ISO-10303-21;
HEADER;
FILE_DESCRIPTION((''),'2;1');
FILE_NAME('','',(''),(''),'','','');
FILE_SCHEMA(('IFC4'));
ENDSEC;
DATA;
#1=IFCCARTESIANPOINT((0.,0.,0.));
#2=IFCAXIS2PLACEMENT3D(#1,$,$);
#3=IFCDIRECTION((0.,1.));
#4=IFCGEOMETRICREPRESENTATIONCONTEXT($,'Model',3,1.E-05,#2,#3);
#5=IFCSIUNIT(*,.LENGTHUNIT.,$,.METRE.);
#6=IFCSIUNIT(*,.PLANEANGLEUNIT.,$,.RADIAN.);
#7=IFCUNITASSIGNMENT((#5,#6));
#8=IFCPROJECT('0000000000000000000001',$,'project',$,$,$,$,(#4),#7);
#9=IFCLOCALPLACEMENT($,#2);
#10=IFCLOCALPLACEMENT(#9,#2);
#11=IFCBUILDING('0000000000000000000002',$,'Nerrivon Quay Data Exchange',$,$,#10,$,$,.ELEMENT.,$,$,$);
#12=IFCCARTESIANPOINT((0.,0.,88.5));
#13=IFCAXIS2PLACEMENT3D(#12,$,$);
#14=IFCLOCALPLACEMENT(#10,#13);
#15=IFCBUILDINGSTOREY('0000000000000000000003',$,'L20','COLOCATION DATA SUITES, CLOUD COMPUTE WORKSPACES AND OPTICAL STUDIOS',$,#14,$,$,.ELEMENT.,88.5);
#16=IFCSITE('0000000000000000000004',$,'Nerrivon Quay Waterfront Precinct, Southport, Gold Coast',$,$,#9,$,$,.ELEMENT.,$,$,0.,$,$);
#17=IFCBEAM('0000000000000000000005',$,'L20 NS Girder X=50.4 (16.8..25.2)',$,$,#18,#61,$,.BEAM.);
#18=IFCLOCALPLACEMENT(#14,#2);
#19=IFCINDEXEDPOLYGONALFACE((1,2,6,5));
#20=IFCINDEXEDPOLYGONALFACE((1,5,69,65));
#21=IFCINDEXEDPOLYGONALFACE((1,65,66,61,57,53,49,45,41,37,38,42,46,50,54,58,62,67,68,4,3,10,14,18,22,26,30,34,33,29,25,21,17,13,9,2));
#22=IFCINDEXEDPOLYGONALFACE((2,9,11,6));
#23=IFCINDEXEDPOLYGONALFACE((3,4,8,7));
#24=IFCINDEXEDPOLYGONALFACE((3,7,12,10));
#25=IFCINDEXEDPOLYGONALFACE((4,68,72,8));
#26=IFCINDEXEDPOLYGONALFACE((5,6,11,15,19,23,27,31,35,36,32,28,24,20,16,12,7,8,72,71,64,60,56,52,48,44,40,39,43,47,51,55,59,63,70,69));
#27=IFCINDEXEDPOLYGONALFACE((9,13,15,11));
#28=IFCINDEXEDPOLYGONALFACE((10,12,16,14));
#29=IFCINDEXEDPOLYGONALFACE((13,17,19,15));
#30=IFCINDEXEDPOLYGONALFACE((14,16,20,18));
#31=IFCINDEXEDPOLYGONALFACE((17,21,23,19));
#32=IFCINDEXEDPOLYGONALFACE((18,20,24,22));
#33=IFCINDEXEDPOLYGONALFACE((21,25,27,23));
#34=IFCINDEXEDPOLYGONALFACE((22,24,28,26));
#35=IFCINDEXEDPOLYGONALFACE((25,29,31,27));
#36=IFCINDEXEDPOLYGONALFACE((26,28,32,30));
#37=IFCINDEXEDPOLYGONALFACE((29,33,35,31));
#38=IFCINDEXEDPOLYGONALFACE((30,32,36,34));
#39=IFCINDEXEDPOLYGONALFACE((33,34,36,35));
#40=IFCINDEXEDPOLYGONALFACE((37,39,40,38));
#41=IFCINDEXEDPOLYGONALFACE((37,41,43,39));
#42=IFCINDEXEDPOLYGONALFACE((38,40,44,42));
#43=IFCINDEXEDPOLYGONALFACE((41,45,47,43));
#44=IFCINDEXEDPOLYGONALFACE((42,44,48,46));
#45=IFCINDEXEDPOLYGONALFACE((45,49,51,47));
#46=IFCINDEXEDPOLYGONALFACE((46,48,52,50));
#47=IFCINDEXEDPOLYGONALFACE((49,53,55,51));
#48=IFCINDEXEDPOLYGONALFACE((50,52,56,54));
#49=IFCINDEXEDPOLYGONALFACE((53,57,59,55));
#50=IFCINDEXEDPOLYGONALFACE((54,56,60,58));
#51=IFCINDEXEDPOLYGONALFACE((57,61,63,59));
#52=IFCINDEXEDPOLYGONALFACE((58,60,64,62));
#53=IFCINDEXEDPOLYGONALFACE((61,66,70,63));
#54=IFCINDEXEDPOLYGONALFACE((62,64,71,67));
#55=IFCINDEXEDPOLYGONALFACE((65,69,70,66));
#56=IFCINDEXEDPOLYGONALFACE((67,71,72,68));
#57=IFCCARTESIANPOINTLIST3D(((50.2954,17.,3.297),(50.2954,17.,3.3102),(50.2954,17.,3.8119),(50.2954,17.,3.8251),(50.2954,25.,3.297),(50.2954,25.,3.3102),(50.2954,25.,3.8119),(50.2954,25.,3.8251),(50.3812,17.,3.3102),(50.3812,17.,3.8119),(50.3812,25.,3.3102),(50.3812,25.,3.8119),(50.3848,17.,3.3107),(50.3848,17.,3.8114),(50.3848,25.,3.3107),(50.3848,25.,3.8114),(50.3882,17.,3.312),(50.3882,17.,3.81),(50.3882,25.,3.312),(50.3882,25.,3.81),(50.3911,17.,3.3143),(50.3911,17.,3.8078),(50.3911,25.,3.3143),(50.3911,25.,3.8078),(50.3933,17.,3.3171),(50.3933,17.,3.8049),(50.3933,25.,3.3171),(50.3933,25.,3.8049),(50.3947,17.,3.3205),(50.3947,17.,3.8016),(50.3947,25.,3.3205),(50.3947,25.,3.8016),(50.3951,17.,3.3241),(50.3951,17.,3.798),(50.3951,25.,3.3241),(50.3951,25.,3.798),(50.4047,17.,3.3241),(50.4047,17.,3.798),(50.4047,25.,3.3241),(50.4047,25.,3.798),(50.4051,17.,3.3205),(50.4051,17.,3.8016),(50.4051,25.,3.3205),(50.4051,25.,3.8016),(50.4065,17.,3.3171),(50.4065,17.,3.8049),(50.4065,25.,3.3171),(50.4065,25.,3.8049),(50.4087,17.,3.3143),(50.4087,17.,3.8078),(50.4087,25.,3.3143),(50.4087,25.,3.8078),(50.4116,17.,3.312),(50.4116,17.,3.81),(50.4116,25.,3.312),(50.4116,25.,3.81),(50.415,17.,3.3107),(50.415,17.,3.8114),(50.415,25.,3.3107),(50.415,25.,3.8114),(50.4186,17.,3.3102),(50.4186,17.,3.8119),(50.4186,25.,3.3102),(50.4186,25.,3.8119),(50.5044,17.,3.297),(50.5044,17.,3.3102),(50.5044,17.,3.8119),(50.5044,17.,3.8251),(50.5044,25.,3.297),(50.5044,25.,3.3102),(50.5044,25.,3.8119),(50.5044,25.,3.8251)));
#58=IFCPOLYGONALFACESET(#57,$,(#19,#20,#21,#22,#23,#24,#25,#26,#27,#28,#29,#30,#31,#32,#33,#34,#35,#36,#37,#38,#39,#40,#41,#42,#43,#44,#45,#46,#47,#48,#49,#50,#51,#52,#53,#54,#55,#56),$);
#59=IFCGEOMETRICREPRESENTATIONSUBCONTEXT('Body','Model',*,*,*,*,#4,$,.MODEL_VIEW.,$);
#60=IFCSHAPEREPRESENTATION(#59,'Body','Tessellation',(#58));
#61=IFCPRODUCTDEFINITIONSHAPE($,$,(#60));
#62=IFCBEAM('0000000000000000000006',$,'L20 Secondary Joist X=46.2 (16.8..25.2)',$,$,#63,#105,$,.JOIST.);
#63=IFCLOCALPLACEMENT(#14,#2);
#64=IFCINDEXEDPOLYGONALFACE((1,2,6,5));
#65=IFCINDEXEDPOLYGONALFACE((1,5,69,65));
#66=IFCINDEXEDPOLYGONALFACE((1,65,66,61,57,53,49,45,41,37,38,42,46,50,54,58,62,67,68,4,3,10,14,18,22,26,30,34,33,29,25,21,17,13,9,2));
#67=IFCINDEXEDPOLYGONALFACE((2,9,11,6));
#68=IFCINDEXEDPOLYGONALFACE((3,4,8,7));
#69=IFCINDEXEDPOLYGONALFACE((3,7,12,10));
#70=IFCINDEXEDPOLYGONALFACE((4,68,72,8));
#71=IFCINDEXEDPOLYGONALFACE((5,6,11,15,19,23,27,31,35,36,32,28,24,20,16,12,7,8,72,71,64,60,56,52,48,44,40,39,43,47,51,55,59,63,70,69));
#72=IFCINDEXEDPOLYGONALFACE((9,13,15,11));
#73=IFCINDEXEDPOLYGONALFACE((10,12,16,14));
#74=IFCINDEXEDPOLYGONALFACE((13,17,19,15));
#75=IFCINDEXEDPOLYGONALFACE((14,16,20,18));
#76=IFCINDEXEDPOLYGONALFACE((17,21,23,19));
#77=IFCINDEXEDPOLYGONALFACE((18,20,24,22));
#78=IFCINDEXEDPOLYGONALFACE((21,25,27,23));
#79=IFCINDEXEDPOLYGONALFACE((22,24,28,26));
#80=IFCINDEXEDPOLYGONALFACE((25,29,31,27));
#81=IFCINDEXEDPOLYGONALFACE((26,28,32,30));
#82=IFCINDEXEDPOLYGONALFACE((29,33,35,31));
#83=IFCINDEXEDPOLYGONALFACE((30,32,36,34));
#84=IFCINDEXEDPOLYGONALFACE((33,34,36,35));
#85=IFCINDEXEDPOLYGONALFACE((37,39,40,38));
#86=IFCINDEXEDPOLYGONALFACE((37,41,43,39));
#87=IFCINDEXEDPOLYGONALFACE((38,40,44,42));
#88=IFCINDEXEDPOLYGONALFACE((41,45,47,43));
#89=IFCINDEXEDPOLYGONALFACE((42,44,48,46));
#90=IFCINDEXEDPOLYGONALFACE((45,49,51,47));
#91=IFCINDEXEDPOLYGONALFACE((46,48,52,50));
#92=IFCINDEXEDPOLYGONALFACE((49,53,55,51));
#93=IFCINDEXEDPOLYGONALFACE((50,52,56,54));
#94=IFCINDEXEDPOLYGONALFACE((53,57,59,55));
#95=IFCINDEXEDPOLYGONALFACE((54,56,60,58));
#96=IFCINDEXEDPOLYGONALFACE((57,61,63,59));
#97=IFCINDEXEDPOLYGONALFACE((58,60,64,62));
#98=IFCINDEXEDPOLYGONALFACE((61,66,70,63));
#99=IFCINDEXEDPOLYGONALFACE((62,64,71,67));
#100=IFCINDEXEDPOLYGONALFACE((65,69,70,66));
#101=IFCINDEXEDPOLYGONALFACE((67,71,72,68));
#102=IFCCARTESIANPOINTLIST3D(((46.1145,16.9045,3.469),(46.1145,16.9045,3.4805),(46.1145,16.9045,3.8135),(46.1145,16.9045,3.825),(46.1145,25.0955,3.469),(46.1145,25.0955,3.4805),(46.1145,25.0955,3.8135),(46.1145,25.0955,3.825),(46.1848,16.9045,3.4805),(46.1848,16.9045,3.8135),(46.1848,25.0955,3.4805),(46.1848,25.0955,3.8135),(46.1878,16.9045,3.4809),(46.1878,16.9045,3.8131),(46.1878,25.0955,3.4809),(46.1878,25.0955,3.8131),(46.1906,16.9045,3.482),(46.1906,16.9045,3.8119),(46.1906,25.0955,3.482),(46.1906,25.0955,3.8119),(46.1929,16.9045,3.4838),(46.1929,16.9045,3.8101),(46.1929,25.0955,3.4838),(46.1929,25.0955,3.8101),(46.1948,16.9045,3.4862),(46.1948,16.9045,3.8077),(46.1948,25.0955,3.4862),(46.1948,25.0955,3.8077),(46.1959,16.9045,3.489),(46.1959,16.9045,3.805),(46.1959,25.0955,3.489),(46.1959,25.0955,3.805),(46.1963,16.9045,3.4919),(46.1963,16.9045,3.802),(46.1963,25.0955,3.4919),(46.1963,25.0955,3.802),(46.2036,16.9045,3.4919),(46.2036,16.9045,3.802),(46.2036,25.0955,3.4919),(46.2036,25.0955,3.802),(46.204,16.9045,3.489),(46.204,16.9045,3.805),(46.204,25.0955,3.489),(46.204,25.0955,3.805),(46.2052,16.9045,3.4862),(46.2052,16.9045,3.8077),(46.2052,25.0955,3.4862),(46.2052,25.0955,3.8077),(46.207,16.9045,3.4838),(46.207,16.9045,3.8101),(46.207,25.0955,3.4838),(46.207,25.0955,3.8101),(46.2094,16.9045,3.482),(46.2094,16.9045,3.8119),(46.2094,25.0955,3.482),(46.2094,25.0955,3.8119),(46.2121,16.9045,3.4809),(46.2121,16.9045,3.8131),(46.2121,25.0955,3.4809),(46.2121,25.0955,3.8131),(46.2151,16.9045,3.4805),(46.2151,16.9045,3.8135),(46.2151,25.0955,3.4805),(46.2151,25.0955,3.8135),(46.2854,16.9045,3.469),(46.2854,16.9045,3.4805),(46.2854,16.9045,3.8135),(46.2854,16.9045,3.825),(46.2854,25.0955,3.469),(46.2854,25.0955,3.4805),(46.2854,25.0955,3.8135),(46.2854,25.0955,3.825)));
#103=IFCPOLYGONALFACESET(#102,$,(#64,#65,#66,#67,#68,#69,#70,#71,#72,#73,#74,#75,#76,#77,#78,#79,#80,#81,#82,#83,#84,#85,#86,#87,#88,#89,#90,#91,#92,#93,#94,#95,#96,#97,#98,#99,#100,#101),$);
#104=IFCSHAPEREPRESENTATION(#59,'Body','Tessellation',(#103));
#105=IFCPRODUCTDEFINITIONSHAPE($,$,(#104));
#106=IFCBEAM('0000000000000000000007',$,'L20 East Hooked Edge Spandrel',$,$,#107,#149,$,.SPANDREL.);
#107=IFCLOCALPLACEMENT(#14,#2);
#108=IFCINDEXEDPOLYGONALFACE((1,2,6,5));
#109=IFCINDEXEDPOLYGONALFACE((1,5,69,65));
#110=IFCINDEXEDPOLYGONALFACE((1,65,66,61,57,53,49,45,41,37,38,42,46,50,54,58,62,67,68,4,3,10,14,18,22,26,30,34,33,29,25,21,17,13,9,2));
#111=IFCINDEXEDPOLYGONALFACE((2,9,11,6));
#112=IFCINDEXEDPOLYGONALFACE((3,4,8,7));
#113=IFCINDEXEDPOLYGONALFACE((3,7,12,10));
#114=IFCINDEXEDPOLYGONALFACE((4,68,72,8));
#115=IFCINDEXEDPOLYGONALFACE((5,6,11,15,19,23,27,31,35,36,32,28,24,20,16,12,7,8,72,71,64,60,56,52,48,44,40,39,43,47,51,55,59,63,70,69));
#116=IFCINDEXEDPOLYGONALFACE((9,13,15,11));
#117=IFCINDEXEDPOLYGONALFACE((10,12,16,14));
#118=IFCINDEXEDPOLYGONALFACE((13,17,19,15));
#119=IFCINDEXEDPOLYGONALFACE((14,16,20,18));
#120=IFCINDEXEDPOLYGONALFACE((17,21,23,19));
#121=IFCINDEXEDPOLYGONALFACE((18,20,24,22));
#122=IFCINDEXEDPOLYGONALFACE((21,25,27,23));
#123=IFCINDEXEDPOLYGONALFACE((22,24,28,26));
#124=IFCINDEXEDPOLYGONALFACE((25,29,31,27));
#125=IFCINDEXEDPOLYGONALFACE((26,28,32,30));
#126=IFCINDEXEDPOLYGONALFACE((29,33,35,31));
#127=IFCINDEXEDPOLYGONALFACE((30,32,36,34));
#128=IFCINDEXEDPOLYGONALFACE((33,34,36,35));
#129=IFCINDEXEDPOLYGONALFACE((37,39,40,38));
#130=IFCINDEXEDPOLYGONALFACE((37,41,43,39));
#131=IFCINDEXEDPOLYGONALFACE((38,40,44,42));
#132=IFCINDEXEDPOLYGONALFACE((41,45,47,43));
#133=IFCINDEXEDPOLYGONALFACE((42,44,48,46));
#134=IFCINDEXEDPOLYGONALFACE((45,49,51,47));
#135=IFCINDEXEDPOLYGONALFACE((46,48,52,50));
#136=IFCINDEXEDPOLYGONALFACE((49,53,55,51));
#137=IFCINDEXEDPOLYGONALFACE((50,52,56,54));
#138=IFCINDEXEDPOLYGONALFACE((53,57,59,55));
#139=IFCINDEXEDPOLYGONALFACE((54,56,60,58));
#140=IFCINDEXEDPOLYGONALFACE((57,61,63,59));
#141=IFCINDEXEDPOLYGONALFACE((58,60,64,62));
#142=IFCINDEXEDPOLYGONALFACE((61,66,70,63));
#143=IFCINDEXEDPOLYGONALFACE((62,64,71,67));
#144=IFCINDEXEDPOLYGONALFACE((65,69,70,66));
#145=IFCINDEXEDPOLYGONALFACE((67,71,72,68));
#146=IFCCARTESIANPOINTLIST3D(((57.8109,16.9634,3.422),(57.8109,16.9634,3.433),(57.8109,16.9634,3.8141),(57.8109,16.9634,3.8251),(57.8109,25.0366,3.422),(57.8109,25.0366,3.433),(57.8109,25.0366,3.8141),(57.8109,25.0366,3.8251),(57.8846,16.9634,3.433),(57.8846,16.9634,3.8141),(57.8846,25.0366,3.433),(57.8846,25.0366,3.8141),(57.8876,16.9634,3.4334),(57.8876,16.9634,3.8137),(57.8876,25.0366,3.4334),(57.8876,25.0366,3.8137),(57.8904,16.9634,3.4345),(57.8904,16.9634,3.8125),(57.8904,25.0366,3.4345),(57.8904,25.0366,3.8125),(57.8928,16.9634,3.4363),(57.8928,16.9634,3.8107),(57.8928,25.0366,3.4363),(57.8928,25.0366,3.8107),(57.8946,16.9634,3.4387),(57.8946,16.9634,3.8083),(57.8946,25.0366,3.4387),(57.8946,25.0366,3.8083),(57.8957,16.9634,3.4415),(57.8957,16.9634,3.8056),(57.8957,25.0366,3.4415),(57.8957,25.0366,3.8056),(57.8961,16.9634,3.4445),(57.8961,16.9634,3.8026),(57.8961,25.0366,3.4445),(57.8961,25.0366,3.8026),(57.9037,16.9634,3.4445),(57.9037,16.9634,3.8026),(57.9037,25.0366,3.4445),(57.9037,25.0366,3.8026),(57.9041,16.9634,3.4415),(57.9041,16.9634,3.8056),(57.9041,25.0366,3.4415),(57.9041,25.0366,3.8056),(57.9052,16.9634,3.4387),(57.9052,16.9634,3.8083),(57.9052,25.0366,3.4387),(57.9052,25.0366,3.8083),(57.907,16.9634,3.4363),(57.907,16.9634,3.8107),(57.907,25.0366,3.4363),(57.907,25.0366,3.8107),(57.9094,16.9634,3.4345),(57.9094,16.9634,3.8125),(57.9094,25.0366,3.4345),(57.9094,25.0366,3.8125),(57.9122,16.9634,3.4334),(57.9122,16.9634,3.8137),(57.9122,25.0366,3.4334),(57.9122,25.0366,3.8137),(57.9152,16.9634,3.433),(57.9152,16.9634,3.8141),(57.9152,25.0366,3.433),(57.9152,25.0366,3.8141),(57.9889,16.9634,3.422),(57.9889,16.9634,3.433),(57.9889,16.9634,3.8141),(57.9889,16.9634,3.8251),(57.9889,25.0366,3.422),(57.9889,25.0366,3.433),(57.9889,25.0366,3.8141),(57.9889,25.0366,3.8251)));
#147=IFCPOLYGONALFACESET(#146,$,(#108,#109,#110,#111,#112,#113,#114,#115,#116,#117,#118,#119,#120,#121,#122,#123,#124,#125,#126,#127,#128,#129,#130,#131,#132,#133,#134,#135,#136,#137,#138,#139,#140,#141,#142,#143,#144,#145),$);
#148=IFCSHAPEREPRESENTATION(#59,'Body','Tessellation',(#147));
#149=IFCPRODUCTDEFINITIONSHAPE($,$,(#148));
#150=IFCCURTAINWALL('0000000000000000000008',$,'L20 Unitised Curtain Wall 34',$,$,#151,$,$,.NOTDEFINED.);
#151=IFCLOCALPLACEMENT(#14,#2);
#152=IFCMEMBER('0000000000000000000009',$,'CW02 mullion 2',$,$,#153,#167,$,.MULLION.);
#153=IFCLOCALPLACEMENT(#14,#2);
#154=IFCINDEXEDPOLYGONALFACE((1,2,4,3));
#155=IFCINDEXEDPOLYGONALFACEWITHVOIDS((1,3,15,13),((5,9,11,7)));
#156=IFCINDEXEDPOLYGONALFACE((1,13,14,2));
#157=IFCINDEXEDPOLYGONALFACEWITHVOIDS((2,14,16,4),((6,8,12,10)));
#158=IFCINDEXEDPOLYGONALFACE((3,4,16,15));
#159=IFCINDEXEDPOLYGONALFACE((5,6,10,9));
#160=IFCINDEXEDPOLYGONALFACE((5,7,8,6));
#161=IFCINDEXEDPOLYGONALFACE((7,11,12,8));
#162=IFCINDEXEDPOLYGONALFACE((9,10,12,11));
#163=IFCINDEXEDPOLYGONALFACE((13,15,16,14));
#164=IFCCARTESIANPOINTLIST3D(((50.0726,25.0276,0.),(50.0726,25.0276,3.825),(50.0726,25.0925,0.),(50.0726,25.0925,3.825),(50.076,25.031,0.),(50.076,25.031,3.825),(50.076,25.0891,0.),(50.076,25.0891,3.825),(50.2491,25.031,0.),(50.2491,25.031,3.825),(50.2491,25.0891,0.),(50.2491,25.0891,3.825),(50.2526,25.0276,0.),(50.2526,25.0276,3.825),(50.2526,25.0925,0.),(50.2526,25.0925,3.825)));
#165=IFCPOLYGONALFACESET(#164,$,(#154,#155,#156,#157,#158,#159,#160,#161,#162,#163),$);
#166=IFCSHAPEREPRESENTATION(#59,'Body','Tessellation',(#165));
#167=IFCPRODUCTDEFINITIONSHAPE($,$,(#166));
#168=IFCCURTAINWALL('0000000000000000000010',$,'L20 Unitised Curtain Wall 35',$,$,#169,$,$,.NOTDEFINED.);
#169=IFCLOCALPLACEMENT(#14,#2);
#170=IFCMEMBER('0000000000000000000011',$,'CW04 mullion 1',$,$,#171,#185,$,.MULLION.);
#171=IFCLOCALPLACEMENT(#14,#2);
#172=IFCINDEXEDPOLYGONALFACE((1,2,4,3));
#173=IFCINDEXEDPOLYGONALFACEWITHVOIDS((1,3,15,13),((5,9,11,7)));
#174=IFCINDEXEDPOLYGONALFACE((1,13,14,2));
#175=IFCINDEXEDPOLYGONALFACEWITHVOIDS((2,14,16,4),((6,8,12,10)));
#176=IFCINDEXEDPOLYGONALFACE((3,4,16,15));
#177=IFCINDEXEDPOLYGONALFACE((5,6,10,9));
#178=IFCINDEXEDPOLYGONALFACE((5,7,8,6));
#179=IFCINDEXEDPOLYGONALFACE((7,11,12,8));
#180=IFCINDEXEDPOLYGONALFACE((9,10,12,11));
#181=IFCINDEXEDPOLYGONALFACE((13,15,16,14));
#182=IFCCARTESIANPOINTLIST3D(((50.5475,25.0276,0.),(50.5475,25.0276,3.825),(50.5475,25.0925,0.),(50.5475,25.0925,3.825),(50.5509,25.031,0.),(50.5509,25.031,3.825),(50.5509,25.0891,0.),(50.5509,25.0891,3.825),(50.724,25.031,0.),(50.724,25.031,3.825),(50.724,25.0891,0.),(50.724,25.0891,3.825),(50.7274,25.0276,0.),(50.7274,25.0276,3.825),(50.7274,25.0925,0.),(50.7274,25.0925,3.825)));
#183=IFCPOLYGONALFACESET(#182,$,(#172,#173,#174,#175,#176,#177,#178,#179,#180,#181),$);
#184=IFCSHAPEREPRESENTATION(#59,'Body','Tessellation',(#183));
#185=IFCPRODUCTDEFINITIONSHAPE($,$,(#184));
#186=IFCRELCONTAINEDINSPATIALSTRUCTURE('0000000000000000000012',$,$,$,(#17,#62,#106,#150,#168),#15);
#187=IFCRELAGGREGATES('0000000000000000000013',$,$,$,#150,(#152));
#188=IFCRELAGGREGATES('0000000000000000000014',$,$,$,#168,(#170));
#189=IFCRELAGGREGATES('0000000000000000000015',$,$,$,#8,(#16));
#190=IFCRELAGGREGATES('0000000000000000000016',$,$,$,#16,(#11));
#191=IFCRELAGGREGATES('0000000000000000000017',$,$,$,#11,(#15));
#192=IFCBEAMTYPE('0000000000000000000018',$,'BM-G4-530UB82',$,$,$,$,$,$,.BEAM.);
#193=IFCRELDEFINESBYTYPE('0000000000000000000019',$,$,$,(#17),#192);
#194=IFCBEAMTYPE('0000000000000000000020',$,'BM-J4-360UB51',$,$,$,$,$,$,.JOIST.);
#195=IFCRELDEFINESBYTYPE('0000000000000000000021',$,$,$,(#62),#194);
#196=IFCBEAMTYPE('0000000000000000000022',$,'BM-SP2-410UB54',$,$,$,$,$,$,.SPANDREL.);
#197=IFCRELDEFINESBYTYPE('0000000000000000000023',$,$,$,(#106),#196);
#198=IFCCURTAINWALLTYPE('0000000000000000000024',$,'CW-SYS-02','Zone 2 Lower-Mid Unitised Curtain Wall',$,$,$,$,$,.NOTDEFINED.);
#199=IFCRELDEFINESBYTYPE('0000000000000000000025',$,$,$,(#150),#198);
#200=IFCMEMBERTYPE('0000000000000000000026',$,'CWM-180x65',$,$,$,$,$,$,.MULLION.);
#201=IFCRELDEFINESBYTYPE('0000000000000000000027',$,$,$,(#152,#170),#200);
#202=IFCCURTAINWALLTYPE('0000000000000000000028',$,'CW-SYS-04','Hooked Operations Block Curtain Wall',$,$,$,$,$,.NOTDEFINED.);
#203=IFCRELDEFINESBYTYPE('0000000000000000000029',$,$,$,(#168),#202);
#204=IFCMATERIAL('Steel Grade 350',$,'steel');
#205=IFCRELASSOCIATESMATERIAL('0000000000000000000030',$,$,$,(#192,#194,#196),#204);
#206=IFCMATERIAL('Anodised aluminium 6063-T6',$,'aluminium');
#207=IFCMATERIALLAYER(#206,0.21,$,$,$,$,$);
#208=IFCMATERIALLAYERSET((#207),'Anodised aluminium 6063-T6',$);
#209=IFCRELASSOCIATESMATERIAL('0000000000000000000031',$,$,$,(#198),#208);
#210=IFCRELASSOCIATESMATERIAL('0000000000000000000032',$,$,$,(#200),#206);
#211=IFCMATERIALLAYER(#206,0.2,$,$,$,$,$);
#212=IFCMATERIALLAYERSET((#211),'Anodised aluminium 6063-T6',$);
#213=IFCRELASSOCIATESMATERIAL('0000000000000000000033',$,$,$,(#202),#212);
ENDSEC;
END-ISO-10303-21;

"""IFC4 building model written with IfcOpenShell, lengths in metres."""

from ifc_helpers import new_model, si_unit, direction, frame, origin, origin_2d, place, context, subcontext, project, spatial, hollow_rectangle, i_section, extrude, material, layer, layer_set, material_profile, profile_set, type_object, element, aggregate, save


model = new_model("IFC4")

# Units and contexts
model_context = context("Model", 3, precision=1e-05, world=origin(), true_north=direction((0.0, 1.0)))
body_context = subcontext(model_context, "Body", "Model", "MODEL_VIEW")
ifc_project = project(units=[si_unit("LENGTHUNIT", "METRE"), si_unit("PLANEANGLEUNIT", "RADIAN")], contexts=[model_context])

# Site, building, storey
site_placement = place(None, origin())
site = spatial("IfcSite", under=ifc_project, at=site_placement, Name="Nerrivon Quay Waterfront Precinct, Southport, Gold Coast", CompositionType="ELEMENT", RefElevation=0.0)
building_placement = place(site_placement, origin())
building = spatial("IfcBuilding", under=site, at=building_placement, Name="Nerrivon Quay Data Exchange", CompositionType="ELEMENT")
storey_placement = place(building_placement, frame((0.0, 0.0, 88.5)))
storey = spatial("IfcBuildingStorey", under=building, at=storey_placement, Name="L20", Description="COLOCATION DATA SUITES, CLOUD COMPUTE WORKSPACES AND OPTICAL STUDIOS", CompositionType="ELEMENT", Elevation=88.5)

# Shared definitions
ifc_material_1 = material(Name="Steel Grade 350", Category="steel")

# Beams
ifc_material_profile_1 = material_profile(ifc_material_1, i_section(OverallWidth=0.209, OverallDepth=0.5281, WebThickness=0.0095, FlangeThickness=0.0132, FilletRadius=0.0139, at=origin_2d()), Name="530UB82.0")
ifc_profile_set_1 = profile_set([ifc_material_profile_1], Name="Steel Grade 350")
beam_type_1 = type_object("IfcBeamType", Name="BM-G4-530UB82", PredefinedType="BEAM", material=ifc_profile_set_1)
beam_1_placement = place(storey_placement, frame((50.3999, 17.0, 3.561), z_axis=(0.0, 1.0, 0.0), x_axis=(-1.0, 0.0, 0.0)))
element("IfcBeam", 1, at=beam_1_placement, inside=storey, type_object=beam_type_1, Name="L20 NS Girder X=50.4 (16.8..25.2)", PredefinedType="BEAM", context=body_context, shape_type="SweptSolid", body=[
    extrude(i_section(OverallWidth=0.209, OverallDepth=0.5281, WebThickness=0.0095, FlangeThickness=0.0132, FilletRadius=0.0139, at=origin_2d()), origin(), (0.0, 0.0, 1.0), 8.0),
])
ifc_material_profile_2 = material_profile(ifc_material_1, i_section(OverallWidth=0.1709, OverallDepth=0.356, WebThickness=0.0073, FlangeThickness=0.0115, FilletRadius=0.0115, at=origin_2d()), Name="360UB50.7")
ifc_profile_set_2 = profile_set([ifc_material_profile_2], Name="Steel Grade 350")
beam_type_2 = type_object("IfcBeamType", Name="BM-J4-360UB51", PredefinedType="JOIST", material=ifc_profile_set_2)
beam_2_placement = place(storey_placement, frame((46.2, 16.9045, 3.647), z_axis=(0.0, 1.0, 0.0), x_axis=(-1.0, 0.0, 0.0)))
element("IfcBeam", 2, at=beam_2_placement, inside=storey, type_object=beam_type_2, Name="L20 Secondary Joist X=46.2 (16.8..25.2)", PredefinedType="JOIST", context=body_context, shape_type="SweptSolid", body=[
    extrude(i_section(OverallWidth=0.1709, OverallDepth=0.356, WebThickness=0.0073, FlangeThickness=0.0115, FilletRadius=0.0115, at=origin_2d()), origin(), (0.0, 0.0, 1.0), 8.1909),
])
ifc_material_profile_3 = material_profile(ifc_material_1, i_section(OverallWidth=0.178, OverallDepth=0.4031, WebThickness=0.0076, FlangeThickness=0.011, FilletRadius=0.0115, at=origin_2d()), Name="410UB53.7")
ifc_profile_set_3 = profile_set([ifc_material_profile_3], Name="Steel Grade 350")
beam_type_3 = type_object("IfcBeamType", Name="BM-SP2-410UB54", PredefinedType="SPANDREL", material=ifc_profile_set_3)
beam_3_placement = place(storey_placement, frame((57.8999, 16.9634, 3.6235), z_axis=(0.0, 1.0, 0.0), x_axis=(-1.0, 0.0, 0.0)))
element("IfcBeam", 3, at=beam_3_placement, inside=storey, type_object=beam_type_3, Name="L20 East Hooked Edge Spandrel", PredefinedType="SPANDREL", context=body_context, shape_type="SweptSolid", body=[
    extrude(i_section(OverallWidth=0.178, OverallDepth=0.4031, WebThickness=0.0076, FlangeThickness=0.011, FilletRadius=0.0115, at=origin_2d()), origin(), (0.0, 0.0, 1.0), 8.0732),
])

# Curtain wall, member
ifc_material_2 = material(Name="Anodised aluminium 6063-T6", Category="aluminium")
ifc_layer_1 = layer(ifc_material_2, 0.21)
ifc_layer_set_1 = layer_set([ifc_layer_1], Name="Anodised aluminium 6063-T6")
curtain_wall_type_1 = type_object("IfcCurtainWallType", Name="CW-SYS-02", Description="Zone 2 Lower-Mid Unitised Curtain Wall", PredefinedType="NOTDEFINED", material=ifc_layer_set_1)
curtain_wall_1_placement = place(storey_placement, origin())
curtain_wall_1 = element("IfcCurtainWall", 4, at=curtain_wall_1_placement, inside=storey, type_object=curtain_wall_type_1, Name="L20 Unitised Curtain Wall 34", PredefinedType="NOTDEFINED")
ifc_material_profile_4 = material_profile(ifc_material_2, hollow_rectangle(XDim=0.0649, YDim=0.1799, WallThickness=0.0034, at=origin_2d()), Name="ALU-MULL-180x65")
ifc_profile_set_4 = profile_set([ifc_material_profile_4], Name="Anodised aluminium 6063-T6")
member_type_1 = type_object("IfcMemberType", Name="CWM-180x65", PredefinedType="MULLION", material=ifc_profile_set_4)
member_1_placement = place(storey_placement, frame((50.1626, 25.0601, 0.0), z_axis=(0.0, 0.0, 1.0), x_axis=(0.0, 1.0, 0.0)))
member_1 = element("IfcMember", 5, at=member_1_placement, type_object=member_type_1, Name="CW02 mullion 2", PredefinedType="MULLION", context=body_context, shape_type="SweptSolid", body=[
    extrude(hollow_rectangle(XDim=0.0649, YDim=0.1799, WallThickness=0.0034, at=origin_2d()), origin(), (0.0, 0.0, 1.0), 3.825),
])

# Curtain wall, member
ifc_layer_2 = layer(ifc_material_2, 0.2)
ifc_layer_set_2 = layer_set([ifc_layer_2], Name="Anodised aluminium 6063-T6")
curtain_wall_type_2 = type_object("IfcCurtainWallType", Name="CW-SYS-04", Description="Hooked Operations Block Curtain Wall", PredefinedType="NOTDEFINED", material=ifc_layer_set_2)
curtain_wall_2_placement = place(storey_placement, origin())
curtain_wall_2 = element("IfcCurtainWall", 6, at=curtain_wall_2_placement, inside=storey, type_object=curtain_wall_type_2, Name="L20 Unitised Curtain Wall 35", PredefinedType="NOTDEFINED")
member_2_placement = place(storey_placement, frame((50.6375, 25.0601, 0.0), z_axis=(0.0, 0.0, 1.0), x_axis=(0.0, 1.0, 0.0)))
member_2 = element("IfcMember", 7, at=member_2_placement, type_object=member_type_1, Name="CW04 mullion 1", PredefinedType="MULLION", context=body_context, shape_type="SweptSolid", body=[
    extrude(hollow_rectangle(XDim=0.0649, YDim=0.1799, WallThickness=0.0034, at=origin_2d()), origin(), (0.0, 0.0, 1.0), 3.825),
])

aggregate(curtain_wall_1, [member_1])
aggregate(curtain_wall_2, [member_2])

save(model, "model.ifc")
